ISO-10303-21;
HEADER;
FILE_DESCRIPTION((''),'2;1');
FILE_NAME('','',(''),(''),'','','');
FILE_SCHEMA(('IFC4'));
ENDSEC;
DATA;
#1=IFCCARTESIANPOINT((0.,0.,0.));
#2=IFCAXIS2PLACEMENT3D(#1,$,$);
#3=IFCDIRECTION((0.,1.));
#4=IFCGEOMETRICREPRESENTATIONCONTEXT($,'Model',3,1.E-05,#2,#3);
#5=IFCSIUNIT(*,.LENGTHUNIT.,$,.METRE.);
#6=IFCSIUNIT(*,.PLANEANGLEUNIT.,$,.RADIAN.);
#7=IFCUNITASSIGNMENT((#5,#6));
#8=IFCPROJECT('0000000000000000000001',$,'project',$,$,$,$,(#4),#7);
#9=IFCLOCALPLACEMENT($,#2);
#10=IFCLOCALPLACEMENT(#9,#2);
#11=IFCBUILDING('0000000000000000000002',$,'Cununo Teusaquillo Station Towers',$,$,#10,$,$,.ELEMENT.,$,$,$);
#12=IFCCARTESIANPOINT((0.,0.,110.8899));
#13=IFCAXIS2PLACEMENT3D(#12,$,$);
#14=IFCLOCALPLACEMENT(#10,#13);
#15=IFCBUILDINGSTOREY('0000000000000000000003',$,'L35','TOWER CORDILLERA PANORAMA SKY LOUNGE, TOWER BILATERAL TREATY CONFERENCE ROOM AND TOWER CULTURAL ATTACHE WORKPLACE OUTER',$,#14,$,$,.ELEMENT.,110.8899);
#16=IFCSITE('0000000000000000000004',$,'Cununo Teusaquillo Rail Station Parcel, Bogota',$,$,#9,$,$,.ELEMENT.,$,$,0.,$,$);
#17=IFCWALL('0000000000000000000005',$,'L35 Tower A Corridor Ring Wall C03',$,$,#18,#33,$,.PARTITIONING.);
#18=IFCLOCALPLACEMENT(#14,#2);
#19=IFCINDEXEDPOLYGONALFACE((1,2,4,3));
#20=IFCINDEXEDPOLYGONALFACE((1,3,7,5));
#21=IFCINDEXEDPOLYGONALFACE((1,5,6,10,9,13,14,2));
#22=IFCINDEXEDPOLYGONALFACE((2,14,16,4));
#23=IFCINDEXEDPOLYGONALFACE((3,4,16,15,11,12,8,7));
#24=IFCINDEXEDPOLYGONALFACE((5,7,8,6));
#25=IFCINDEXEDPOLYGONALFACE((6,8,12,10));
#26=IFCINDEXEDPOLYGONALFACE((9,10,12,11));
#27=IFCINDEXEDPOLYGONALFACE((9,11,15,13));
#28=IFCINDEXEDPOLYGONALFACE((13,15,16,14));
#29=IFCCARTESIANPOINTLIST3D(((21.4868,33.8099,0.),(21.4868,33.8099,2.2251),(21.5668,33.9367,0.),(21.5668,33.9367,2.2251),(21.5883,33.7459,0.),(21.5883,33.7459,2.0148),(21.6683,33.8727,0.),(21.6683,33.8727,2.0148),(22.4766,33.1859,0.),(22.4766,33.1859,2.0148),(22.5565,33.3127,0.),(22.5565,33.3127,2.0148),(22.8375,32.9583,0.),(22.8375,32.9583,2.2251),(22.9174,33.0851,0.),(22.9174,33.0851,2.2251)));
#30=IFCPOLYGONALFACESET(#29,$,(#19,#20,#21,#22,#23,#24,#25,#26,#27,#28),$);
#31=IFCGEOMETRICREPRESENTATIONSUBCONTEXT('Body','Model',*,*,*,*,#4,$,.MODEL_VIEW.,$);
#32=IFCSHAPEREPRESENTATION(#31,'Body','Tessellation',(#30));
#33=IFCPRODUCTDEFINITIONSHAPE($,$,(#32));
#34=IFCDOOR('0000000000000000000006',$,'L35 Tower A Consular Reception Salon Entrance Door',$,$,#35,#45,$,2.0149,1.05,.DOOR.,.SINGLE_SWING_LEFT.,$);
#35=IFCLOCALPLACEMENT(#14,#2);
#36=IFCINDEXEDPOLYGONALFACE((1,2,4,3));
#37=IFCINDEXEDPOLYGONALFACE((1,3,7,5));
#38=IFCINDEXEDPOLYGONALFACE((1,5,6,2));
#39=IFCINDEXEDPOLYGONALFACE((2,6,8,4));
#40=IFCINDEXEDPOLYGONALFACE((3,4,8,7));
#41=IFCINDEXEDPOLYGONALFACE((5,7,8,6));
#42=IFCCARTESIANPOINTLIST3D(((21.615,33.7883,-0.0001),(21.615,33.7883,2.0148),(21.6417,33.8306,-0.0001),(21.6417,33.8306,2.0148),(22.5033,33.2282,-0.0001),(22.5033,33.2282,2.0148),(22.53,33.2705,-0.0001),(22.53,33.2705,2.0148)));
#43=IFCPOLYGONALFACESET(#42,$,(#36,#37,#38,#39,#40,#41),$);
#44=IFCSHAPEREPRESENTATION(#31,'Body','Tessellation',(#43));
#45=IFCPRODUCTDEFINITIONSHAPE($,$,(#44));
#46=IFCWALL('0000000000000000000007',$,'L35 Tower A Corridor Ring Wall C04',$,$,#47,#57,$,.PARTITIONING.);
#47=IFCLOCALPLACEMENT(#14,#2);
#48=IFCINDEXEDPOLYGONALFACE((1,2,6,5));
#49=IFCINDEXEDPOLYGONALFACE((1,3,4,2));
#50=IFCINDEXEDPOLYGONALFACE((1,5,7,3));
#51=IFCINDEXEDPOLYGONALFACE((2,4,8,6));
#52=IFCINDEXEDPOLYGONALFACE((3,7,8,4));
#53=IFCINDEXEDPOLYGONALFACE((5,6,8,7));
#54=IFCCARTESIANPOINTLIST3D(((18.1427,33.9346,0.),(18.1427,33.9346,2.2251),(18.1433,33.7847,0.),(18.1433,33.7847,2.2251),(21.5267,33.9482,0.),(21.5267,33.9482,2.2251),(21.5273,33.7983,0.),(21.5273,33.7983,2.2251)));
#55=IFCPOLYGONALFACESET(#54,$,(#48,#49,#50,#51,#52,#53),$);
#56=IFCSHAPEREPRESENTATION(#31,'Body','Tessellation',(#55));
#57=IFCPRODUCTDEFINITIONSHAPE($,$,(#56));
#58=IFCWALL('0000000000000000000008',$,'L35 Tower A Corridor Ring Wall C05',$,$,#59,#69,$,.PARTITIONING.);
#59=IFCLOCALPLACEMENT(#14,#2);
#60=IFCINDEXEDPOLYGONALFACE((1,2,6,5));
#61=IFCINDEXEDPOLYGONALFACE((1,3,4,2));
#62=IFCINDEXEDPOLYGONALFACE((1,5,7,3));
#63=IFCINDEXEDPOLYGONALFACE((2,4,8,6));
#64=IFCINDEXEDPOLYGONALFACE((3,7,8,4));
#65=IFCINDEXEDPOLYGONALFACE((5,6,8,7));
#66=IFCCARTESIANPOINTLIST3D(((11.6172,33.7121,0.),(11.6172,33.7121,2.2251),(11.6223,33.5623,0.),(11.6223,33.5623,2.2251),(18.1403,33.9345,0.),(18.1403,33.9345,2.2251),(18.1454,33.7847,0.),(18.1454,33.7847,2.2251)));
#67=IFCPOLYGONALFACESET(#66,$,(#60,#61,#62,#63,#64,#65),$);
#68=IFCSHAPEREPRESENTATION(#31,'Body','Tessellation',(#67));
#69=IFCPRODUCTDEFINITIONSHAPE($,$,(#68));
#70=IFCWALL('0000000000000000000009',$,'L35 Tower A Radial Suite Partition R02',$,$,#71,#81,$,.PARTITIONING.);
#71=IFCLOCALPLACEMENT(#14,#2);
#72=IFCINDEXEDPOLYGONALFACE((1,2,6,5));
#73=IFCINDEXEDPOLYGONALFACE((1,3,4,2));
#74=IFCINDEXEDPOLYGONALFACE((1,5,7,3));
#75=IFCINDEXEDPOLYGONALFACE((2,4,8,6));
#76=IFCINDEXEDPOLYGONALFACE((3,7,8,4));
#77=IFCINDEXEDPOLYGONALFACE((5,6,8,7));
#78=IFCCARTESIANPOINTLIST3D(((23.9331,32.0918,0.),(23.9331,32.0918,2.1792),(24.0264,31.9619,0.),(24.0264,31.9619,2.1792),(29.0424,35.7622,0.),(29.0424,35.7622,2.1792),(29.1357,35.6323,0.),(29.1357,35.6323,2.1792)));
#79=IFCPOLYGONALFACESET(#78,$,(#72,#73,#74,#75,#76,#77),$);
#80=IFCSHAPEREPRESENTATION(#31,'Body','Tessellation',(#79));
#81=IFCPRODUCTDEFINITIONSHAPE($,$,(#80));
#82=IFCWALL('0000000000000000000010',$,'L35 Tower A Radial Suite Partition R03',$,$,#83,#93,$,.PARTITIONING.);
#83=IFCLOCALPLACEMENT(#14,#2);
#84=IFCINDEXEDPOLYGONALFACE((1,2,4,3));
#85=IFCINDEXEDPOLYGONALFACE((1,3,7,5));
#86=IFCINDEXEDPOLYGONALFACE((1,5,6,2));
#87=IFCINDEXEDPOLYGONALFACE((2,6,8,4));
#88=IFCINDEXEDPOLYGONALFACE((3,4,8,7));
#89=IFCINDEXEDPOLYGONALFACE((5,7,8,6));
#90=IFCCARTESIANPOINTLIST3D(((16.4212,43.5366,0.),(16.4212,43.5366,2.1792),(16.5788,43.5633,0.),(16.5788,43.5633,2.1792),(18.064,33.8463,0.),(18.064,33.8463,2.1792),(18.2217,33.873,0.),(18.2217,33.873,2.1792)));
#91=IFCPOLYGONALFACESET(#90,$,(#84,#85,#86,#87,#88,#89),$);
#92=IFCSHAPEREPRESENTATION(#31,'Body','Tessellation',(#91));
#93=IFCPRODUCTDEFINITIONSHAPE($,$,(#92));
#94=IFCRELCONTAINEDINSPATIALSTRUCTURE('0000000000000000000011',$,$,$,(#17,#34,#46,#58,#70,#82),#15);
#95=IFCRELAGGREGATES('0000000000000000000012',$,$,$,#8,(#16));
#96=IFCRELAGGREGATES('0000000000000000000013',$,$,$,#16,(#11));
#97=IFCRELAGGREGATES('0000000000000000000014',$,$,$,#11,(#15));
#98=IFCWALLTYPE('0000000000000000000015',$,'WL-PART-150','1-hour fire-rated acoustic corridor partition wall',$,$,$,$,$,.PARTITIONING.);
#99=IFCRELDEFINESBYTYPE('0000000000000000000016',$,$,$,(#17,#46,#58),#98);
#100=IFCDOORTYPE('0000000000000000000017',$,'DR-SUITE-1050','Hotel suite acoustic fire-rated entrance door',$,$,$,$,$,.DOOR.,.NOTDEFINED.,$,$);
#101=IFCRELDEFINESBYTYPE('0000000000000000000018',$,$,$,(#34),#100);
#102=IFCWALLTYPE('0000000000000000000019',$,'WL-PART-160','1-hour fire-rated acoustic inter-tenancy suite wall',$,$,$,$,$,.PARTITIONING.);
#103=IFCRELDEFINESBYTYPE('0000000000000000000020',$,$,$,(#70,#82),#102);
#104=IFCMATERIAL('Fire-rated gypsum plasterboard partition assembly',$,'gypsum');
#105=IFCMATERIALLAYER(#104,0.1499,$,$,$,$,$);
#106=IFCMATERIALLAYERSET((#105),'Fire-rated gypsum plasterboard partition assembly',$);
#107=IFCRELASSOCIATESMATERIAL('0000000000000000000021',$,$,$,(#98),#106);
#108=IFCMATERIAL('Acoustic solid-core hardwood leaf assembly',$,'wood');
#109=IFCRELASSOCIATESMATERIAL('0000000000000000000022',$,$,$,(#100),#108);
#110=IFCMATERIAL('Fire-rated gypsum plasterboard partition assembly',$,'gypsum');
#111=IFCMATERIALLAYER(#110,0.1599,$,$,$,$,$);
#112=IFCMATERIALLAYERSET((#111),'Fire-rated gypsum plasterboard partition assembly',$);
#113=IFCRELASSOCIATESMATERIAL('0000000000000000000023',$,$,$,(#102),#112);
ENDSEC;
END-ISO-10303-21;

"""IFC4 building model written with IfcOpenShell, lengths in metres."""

from ifc_helpers import new_model, si_unit, direction, frame, frame_2d, origin, place, context, subcontext, project, spatial, rectangle, extrude, source, transform, mapped, material, layer, layer_set, type_object, element, fill, save


model = new_model("IFC4")

# Units and contexts
model_context = context("Model", 3, precision=1e-05, world=origin(), true_north=direction((0.0, 1.0)))
body_context = subcontext(model_context, "Body", "Model", "MODEL_VIEW")
ifc_project = project(units=[si_unit("LENGTHUNIT", "METRE"), si_unit("PLANEANGLEUNIT", "RADIAN")], contexts=[model_context])

# Site, building, storey
site_placement = place(None, origin())
site = spatial("IfcSite", under=ifc_project, at=site_placement, Name="Cununo Teusaquillo Rail Station Parcel, Bogota", CompositionType="ELEMENT", RefElevation=0.0)
building_placement = place(site_placement, origin())
building = spatial("IfcBuilding", under=site, at=building_placement, Name="Cununo Teusaquillo Station Towers", CompositionType="ELEMENT")
storey_placement = place(building_placement, frame((0.0, 0.0, 110.8899)))
storey = spatial("IfcBuildingStorey", under=building, at=storey_placement, Name="L35", Description="TOWER CORDILLERA PANORAMA SKY LOUNGE, TOWER BILATERAL TREATY CONFERENCE ROOM AND TOWER CULTURAL ATTACHE WORKPLACE OUTER", CompositionType="ELEMENT", Elevation=110.8899)

# Shared definitions
ifc_material_1 = material(Name="Fire-rated gypsum plasterboard partition assembly", Category="gypsum")
ifc_layer_1 = layer(ifc_material_1, 0.1499)
ifc_layer_set_1 = layer_set([ifc_layer_1], Name="Fire-rated gypsum plasterboard partition assembly")
wall_type_1 = type_object("IfcWallType", Name="WL-PART-150", Description="1-hour fire-rated acoustic corridor partition wall", PredefinedType="PARTITIONING", material=ifc_layer_set_1)

# Wall, opening, door
wall_1_placement = place(storey_placement, frame((22.8774, 33.0217, 0.0), z_axis=(0.0, 0.0, 1.0), x_axis=(-0.845896, 0.533348, 0.0)))
wall_1 = element("IfcWall", 1, at=wall_1_placement, inside=storey, type_object=wall_type_1, Name="L35 Tower A Corridor Ring Wall C03", PredefinedType="PARTITIONING", context=body_context, shape_type="SweptSolid", body=[
    extrude(rectangle(XDim=1.5967, YDim=0.1499, at=frame_2d((0.7983, 0.0))), origin(), (0.0, 0.0, 1.0), 2.2251),
])
shared_shape_1 = source(origin(), body_context, "Body", "SweptSolid", [
    extrude(rectangle(XDim=1.05, YDim=2.0149, at=frame_2d((0.5249, 1.0073))), frame((0.0, 0.085, 0.0), z_axis=(0.0, -1.0, 0.0), x_axis=(1.0, 0.0, 0.0)), (0.0, 0.0, 1.0), 0.1699),
])
opening_1_placement = place(wall_1_placement, frame((0.4268, 0.0, 0.0)))
opening_1 = element("IfcOpeningElement", 2, at=opening_1_placement, cuts=wall_1, PredefinedType="OPENING", context=body_context, shape_type="MappedRepresentation", body=[
    mapped(shared_shape_1, transform((0.0, 0.0, 0.0), x_axis=(1.0, 0.0, 0.0), y_axis=(0.0, 1.0, 0.0), z_axis=(0.0, 0.0, 1.0), scale=1.0)),
])
ifc_material_2 = material(Name="Acoustic solid-core hardwood leaf assembly", Category="wood")
door_type_1 = type_object("IfcDoorType", Name="DR-SUITE-1050", Description="Hotel suite acoustic fire-rated entrance door", OperationType="NOTDEFINED", PredefinedType="DOOR", material=ifc_material_2)
shared_shape_2 = source(origin(), body_context, "Body", "SweptSolid", [
    extrude(rectangle(XDim=1.05, YDim=2.0149, at=frame_2d((0.5249, 1.0073))), frame((0.0, 0.0249, 0.0), z_axis=(0.0, -1.0, 0.0), x_axis=(1.0, 0.0, 0.0)), (0.0, 0.0, 1.0), 0.05),
])
door_1_placement = place(opening_1_placement, origin())
door_1 = element("IfcDoor", 3, at=door_1_placement, inside=storey, type_object=door_type_1, Name="L35 Tower A Consular Reception Salon Entrance Door", OperationType="SINGLE_SWING_LEFT", OverallHeight=2.0149, OverallWidth=1.05, PredefinedType="DOOR", context=body_context, shape_type="MappedRepresentation", body=[
    mapped(shared_shape_2, transform((0.0, 0.0, 0.0), x_axis=(1.0, 0.0, 0.0), y_axis=(0.0, 1.0, 0.0), z_axis=(0.0, 0.0, 1.0), scale=1.0)),
])
fill(opening_1, door_1)

# Walls
wall_2_placement = place(storey_placement, frame((21.5269, 33.8733, 0.0), z_axis=(0.0, 0.0, 1.0), x_axis=(-0.999992, -0.00404, 0.0)))
element("IfcWall", 4, at=wall_2_placement, inside=storey, type_object=wall_type_1, Name="L35 Tower A Corridor Ring Wall C04", PredefinedType="PARTITIONING", context=body_context, shape_type="SweptSolid", body=[
    extrude(rectangle(XDim=3.384, YDim=0.1499, at=frame_2d((1.6919, 0.0))), origin(), (0.0, 0.0, 1.0), 2.2251),
])
wall_3_placement = place(storey_placement, frame((18.1428, 33.8596, 0.0), z_axis=(0.0, 0.0, 1.0), x_axis=(-0.999419, -0.034077, 0.0)))
element("IfcWall", 5, at=wall_3_placement, inside=storey, type_object=wall_type_1, Name="L35 Tower A Corridor Ring Wall C05", PredefinedType="PARTITIONING", context=body_context, shape_type="SweptSolid", body=[
    extrude(rectangle(XDim=6.5269, YDim=0.1499, at=frame_2d((3.2634, 0.0))), origin(), (0.0, 0.0, 1.0), 2.2251),
])
ifc_material_3 = material(Name="Fire-rated gypsum plasterboard partition assembly", Category="gypsum")
ifc_layer_2 = layer(ifc_material_3, 0.1599)
ifc_layer_set_2 = layer_set([ifc_layer_2], Name="Fire-rated gypsum plasterboard partition assembly")
wall_type_2 = type_object("IfcWallType", Name="WL-PART-160", Description="1-hour fire-rated acoustic inter-tenancy suite wall", PredefinedType="PARTITIONING", material=ifc_layer_set_2)
wall_4_placement = place(storey_placement, frame((23.9797, 32.0269, 0.0), z_axis=(0.0, 0.0, 1.0), x_axis=(0.812162, 0.583431, 0.0)))
element("IfcWall", 6, at=wall_4_placement, inside=storey, type_object=wall_type_2, Name="L35 Tower A Radial Suite Partition R02", PredefinedType="PARTITIONING", context=body_context, shape_type="SweptSolid", body=[
    extrude(rectangle(XDim=6.291, YDim=0.1599, at=frame_2d((3.1455, 0.0))), origin(), (0.0, 0.0, 1.0), 2.1792),
])
wall_5_placement = place(storey_placement, frame((18.1428, 33.8596, 0.0), z_axis=(0.0, 0.0, 1.0), x_axis=(-0.167145, 0.985932, 0.0)))
element("IfcWall", 7, at=wall_5_placement, inside=storey, type_object=wall_type_2, Name="L35 Tower A Radial Suite Partition R03", PredefinedType="PARTITIONING", context=body_context, shape_type="SweptSolid", body=[
    extrude(rectangle(XDim=9.8286, YDim=0.1599, at=frame_2d((4.9143, 0.0))), origin(), (0.0, 0.0, 1.0), 2.1792),
])

save(model, "model.ifc")
